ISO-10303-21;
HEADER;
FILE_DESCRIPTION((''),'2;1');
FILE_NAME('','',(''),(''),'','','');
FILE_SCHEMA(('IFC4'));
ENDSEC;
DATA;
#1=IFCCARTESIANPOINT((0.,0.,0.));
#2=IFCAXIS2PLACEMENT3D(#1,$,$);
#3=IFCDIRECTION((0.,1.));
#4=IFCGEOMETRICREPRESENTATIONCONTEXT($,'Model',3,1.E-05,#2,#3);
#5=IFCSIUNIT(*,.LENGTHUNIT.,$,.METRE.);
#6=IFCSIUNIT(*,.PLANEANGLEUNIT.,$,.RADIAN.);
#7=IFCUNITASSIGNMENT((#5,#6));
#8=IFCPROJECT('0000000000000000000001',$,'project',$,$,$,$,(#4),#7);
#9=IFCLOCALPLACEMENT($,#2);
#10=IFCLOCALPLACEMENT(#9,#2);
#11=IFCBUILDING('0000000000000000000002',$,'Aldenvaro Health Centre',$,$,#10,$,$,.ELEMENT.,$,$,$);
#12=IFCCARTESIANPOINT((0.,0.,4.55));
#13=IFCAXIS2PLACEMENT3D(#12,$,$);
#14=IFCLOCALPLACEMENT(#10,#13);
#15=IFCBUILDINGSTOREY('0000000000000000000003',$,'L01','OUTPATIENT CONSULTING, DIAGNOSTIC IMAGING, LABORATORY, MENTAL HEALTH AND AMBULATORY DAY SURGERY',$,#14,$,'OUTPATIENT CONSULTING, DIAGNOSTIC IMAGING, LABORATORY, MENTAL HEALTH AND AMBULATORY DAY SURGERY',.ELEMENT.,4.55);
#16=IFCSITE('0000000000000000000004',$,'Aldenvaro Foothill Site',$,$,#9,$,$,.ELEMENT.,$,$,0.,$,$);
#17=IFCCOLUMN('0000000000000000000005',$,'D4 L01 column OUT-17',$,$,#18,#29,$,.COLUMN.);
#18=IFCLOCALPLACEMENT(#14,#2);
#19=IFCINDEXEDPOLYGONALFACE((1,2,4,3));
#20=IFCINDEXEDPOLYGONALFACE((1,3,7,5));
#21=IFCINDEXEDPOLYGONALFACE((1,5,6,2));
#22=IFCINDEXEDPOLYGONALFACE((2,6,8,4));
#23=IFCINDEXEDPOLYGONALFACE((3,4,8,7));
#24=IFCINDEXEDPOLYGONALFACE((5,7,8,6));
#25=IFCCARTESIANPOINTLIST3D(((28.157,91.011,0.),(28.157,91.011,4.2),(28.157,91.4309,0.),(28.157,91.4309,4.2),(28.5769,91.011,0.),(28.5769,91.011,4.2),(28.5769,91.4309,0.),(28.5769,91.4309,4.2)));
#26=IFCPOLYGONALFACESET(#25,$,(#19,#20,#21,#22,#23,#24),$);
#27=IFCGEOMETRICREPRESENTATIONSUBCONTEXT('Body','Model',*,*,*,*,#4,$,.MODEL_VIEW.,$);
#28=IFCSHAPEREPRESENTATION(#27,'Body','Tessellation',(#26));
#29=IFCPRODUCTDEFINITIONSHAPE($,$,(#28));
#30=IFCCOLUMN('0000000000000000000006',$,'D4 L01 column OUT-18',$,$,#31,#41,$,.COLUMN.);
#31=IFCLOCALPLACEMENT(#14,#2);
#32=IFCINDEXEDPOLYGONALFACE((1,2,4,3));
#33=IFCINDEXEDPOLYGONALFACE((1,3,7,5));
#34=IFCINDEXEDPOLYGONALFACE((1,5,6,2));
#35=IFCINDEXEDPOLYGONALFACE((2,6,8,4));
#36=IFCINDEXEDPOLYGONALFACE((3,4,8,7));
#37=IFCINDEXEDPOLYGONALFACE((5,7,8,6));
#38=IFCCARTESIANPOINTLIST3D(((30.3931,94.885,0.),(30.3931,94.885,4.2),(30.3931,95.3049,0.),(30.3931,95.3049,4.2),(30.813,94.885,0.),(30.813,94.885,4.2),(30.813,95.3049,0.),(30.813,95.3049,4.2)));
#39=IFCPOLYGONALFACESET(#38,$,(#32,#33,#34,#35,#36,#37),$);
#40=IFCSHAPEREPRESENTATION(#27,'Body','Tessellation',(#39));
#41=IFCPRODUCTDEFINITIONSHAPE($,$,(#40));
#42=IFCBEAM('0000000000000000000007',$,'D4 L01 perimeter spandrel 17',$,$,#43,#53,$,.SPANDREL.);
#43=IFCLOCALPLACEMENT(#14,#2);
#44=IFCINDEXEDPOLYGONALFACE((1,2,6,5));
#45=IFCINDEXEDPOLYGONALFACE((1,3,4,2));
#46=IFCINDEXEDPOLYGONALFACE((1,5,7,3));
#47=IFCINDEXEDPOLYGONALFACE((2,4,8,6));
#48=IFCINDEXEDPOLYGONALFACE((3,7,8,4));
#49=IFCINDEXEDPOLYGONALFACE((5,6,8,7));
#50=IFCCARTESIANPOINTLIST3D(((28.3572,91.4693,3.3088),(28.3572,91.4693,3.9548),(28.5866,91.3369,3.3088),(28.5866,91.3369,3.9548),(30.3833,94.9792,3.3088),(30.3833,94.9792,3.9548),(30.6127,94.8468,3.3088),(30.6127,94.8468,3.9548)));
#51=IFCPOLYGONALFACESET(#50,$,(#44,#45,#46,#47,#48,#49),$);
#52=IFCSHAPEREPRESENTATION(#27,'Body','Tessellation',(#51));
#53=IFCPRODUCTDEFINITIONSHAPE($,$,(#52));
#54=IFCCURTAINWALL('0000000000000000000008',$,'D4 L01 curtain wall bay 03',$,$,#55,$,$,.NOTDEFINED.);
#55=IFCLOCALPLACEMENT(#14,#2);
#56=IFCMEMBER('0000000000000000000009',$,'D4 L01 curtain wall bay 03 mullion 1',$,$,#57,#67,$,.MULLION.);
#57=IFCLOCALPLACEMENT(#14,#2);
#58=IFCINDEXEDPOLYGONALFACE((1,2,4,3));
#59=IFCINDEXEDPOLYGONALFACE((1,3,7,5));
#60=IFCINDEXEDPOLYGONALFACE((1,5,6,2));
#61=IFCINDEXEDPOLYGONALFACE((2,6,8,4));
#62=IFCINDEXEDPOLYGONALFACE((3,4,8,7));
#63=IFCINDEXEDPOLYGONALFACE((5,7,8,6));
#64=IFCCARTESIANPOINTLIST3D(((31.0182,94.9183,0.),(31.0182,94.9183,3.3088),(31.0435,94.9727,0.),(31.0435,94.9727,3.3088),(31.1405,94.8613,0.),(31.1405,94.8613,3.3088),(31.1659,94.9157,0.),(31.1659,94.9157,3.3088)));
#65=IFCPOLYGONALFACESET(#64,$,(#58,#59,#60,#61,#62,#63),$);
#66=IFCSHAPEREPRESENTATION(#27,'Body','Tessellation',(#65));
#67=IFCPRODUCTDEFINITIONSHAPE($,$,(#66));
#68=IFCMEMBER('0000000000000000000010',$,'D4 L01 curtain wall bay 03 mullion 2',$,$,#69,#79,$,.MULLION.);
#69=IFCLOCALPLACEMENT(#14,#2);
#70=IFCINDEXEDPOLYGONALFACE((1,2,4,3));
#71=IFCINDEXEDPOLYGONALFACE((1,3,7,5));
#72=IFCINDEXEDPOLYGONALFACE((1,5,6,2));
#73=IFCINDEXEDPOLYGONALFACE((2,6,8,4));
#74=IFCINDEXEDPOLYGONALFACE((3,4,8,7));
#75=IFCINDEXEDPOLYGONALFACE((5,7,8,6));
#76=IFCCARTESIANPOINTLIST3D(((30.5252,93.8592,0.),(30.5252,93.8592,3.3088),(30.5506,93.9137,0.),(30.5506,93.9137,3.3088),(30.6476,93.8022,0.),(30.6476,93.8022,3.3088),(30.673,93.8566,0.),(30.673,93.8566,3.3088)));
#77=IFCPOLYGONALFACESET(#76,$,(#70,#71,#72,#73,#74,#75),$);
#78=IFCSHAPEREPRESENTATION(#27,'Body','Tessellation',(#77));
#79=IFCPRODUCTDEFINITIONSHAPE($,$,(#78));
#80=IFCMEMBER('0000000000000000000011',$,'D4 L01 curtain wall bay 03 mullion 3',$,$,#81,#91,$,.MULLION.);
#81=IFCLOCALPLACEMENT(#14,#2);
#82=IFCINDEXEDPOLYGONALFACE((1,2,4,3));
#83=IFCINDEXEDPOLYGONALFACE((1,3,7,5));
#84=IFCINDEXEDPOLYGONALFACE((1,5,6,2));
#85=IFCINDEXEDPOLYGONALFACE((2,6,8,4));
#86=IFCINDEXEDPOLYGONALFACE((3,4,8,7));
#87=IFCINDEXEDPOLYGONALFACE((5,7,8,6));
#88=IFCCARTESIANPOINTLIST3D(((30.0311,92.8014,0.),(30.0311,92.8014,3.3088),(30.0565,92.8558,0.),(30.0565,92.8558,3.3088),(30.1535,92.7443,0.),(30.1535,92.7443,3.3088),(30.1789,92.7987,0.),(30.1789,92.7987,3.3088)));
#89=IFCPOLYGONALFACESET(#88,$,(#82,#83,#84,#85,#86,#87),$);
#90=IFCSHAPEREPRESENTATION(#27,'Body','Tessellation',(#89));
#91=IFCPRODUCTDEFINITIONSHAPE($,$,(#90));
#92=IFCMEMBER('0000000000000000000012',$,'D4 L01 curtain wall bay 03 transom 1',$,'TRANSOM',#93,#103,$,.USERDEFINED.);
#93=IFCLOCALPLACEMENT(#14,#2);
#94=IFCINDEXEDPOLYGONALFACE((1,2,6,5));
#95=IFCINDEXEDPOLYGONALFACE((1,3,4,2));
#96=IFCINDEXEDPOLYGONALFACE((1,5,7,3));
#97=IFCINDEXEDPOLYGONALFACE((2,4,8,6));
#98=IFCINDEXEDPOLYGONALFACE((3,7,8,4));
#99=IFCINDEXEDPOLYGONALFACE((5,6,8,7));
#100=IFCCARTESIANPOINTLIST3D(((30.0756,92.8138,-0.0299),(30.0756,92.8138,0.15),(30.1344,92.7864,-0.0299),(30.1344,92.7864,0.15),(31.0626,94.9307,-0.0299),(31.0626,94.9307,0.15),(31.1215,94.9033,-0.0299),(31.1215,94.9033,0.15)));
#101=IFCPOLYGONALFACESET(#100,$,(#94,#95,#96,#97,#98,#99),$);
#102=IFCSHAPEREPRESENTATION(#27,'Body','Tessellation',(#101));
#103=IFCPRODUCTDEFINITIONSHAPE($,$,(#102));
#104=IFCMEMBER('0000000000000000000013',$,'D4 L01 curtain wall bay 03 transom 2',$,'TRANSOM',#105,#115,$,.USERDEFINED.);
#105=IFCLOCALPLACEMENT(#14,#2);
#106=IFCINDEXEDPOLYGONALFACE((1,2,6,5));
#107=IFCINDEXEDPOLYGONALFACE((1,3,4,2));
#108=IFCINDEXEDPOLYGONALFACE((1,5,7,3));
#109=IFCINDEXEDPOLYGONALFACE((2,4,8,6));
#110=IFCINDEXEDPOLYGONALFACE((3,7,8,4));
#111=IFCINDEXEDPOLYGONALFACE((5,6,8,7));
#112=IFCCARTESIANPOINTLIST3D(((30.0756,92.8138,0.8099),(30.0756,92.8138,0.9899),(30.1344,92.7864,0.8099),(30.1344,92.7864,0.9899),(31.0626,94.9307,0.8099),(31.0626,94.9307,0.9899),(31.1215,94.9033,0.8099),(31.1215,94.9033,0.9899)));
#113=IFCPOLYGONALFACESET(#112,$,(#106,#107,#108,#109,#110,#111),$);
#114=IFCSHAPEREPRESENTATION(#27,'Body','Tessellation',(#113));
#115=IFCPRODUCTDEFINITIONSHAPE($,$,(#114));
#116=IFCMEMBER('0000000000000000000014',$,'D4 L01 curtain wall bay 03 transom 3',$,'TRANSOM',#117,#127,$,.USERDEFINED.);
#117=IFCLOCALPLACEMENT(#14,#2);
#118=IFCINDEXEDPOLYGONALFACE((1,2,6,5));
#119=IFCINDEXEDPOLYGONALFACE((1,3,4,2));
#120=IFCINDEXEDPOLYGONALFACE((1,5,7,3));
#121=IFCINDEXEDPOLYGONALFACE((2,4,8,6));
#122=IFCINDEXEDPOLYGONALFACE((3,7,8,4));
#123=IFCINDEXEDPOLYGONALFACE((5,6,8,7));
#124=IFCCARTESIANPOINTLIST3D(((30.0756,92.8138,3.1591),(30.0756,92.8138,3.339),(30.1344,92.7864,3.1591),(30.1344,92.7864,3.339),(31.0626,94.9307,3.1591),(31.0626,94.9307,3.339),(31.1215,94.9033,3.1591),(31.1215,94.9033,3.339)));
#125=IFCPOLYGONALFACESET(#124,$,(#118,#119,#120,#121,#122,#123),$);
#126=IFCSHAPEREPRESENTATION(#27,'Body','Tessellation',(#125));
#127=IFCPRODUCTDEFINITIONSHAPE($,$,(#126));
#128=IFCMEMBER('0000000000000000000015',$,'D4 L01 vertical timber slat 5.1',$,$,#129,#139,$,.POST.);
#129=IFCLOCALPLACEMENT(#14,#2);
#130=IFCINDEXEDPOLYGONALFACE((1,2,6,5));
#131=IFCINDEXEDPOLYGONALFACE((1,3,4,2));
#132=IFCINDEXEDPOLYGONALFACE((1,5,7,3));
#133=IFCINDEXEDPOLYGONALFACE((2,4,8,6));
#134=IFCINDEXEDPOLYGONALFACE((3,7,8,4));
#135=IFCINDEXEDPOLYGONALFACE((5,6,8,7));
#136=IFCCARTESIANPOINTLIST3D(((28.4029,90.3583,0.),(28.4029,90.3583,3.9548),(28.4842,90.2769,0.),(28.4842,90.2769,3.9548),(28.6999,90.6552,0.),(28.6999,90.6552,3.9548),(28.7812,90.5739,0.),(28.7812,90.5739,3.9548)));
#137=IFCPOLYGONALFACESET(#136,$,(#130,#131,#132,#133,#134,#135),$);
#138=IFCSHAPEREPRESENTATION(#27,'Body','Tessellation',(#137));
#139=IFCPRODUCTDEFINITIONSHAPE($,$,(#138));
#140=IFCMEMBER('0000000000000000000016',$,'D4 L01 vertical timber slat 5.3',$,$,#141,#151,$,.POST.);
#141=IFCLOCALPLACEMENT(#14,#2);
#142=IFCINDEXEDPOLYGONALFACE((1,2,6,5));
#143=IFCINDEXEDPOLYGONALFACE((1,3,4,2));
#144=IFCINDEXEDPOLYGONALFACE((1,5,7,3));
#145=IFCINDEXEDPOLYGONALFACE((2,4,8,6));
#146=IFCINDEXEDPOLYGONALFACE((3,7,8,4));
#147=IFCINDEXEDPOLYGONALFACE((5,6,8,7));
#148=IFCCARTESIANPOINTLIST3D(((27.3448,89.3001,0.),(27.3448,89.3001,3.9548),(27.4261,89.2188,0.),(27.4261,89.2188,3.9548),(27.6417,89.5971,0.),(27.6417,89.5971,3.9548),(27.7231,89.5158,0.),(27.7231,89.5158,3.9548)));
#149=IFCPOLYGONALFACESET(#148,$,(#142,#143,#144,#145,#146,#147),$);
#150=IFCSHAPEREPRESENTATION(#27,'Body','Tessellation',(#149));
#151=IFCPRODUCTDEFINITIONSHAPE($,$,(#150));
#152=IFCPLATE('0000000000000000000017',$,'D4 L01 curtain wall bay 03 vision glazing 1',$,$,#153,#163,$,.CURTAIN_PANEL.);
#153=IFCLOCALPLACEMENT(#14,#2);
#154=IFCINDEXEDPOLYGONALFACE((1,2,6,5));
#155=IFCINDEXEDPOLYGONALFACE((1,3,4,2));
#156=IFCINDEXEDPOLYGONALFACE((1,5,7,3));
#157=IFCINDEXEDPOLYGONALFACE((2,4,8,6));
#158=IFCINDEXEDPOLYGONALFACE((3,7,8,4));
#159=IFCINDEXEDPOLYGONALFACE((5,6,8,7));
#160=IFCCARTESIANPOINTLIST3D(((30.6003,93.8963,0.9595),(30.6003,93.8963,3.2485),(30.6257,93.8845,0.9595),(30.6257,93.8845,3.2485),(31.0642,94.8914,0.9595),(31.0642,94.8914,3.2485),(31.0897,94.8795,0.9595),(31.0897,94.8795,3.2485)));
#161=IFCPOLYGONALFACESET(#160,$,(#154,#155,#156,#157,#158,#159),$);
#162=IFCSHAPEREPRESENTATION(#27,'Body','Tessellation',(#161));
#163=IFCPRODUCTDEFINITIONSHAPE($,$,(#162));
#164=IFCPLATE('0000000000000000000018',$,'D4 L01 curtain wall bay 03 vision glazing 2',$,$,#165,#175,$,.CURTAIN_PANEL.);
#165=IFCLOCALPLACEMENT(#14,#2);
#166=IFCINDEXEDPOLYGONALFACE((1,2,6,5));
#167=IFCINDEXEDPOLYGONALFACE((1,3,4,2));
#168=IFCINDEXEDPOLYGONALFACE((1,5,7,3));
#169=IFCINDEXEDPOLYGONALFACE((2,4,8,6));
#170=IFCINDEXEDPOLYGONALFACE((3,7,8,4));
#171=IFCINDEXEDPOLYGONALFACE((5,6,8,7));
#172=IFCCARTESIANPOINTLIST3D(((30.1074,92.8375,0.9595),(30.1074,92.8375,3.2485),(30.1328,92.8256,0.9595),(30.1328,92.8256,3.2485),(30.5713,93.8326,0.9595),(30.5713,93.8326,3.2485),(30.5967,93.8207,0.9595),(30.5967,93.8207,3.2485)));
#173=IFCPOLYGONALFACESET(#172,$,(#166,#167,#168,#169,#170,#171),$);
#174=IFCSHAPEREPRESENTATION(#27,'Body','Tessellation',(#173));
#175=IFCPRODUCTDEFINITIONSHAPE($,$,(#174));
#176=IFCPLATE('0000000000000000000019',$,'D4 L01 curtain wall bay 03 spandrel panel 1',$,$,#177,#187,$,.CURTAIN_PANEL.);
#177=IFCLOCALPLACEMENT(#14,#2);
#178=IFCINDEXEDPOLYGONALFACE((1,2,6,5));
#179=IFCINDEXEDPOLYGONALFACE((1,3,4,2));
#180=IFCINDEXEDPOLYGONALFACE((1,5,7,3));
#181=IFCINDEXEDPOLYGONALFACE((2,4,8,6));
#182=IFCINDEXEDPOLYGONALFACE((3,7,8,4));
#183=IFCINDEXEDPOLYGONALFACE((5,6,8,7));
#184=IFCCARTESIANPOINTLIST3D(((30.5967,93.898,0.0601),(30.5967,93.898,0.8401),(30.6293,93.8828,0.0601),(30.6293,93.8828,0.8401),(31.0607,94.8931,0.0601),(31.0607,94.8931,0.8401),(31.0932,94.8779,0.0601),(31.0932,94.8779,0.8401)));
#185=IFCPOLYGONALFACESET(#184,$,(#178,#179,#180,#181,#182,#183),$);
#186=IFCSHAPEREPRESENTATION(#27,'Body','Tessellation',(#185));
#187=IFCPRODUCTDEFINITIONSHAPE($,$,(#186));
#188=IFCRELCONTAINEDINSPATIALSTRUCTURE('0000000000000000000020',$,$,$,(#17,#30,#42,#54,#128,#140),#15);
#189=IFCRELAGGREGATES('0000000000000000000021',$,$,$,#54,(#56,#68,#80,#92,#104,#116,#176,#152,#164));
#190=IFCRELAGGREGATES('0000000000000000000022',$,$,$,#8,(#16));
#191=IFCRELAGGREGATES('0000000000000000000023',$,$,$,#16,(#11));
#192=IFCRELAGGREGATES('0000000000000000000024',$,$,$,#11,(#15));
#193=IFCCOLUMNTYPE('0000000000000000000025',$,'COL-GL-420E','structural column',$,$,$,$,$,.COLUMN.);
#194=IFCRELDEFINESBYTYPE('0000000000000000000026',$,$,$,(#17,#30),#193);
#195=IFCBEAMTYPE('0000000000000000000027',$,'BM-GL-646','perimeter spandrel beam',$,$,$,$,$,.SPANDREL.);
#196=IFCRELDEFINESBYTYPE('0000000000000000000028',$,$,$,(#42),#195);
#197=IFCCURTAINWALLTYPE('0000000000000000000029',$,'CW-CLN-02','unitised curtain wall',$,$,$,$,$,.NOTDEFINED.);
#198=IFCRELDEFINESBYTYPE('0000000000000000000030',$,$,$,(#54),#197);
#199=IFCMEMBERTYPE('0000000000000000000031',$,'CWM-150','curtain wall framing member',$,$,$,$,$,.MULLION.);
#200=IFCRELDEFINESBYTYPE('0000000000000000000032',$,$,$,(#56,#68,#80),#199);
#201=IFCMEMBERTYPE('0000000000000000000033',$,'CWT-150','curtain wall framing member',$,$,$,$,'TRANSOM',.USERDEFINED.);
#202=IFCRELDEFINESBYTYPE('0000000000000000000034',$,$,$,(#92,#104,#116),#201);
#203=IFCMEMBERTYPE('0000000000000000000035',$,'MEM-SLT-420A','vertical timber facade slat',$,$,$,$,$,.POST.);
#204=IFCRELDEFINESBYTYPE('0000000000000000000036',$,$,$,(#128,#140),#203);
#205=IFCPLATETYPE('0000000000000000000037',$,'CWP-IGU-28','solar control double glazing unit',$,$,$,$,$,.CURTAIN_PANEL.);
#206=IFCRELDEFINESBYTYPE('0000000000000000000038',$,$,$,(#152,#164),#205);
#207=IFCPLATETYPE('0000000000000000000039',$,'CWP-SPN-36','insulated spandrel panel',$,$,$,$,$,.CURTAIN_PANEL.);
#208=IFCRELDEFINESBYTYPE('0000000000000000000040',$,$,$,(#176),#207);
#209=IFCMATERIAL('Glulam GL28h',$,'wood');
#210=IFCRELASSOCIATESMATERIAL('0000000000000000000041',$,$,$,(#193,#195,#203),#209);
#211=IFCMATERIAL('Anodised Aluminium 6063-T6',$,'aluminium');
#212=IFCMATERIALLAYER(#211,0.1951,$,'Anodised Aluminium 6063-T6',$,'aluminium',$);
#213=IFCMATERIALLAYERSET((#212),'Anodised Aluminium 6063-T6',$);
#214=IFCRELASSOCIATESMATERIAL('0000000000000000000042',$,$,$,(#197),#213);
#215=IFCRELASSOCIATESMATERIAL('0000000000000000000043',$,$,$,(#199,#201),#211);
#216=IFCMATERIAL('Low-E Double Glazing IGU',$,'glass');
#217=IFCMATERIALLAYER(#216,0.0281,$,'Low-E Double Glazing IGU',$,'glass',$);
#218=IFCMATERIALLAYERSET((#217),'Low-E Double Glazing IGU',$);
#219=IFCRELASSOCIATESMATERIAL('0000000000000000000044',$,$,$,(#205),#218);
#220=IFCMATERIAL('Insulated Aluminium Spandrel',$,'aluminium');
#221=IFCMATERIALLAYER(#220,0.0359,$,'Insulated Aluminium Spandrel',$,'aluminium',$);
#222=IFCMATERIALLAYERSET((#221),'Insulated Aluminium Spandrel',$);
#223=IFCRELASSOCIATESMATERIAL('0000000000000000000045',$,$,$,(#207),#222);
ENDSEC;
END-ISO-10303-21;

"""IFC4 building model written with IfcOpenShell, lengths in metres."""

from ifc_helpers import new_model, si_unit, direction, frame, origin, origin_2d, place, context, subcontext, project, spatial, rectangle, extrude, material, layer, layer_set, material_profile, profile_set, type_object, element, aggregate, save


model = new_model("IFC4")

# Units and contexts
model_context = context("Model", 3, precision=1e-05, world=origin(), true_north=direction((0.0, 1.0)))
body_context = subcontext(model_context, "Body", "Model", "MODEL_VIEW")
ifc_project = project(units=[si_unit("LENGTHUNIT", "METRE"), si_unit("PLANEANGLEUNIT", "RADIAN")], contexts=[model_context])

# Site, building, storey
site_placement = place(None, origin())
site = spatial("IfcSite", under=ifc_project, at=site_placement, Name="Aldenvaro Foothill Site", CompositionType="ELEMENT", RefElevation=0.0)
building_placement = place(site_placement, origin())
building = spatial("IfcBuilding", under=site, at=building_placement, Name="Aldenvaro Health Centre", CompositionType="ELEMENT")
storey_placement = place(building_placement, frame((0.0, 0.0, 4.55)))
storey = spatial("IfcBuildingStorey", under=building, at=storey_placement, Name="L01", Description="OUTPATIENT CONSULTING, DIAGNOSTIC IMAGING, LABORATORY, MENTAL HEALTH AND AMBULATORY DAY SURGERY", LongName="OUTPATIENT CONSULTING, DIAGNOSTIC IMAGING, LABORATORY, MENTAL HEALTH AND AMBULATORY DAY SURGERY", CompositionType="ELEMENT", Elevation=4.55)

# Columns
ifc_material_1 = material(Name="Glulam GL28h", Category="wood")
ifc_material_profile_1 = material_profile(ifc_material_1, rectangle(XDim=0.4199, YDim=0.4199, at=origin_2d()), Name="GL 420x420", Category="wood")
ifc_profile_set_1 = profile_set([ifc_material_profile_1], Name="Glulam GL28h")
column_type = type_object("IfcColumnType", Name="COL-GL-420E", Description="structural column", PredefinedType="COLUMN", material=ifc_profile_set_1)
for number, where, z_axis, x_axis, name in (
    (1, (28.3669, 91.2209, 0.0), (0.0, 0.0, 1.0), (1.0, 0.0, 0.0), "D4 L01 column OUT-17"),
    (2, (30.603, 95.095, 0.0), (0.0, 0.0, 1.0), (1.0, 0.0, 0.0), "D4 L01 column OUT-18"),
):
    element("IfcColumn", number, at=place(storey_placement, frame(where, z_axis=z_axis, x_axis=x_axis)), inside=storey, type_object=column_type, Name=name, PredefinedType="COLUMN", context=body_context, shape_type="SweptSolid", body=[
        extrude(rectangle(XDim=0.4199, YDim=0.4199, at=origin_2d()), origin(), (0.0, 0.0, 1.0), 4.2),
    ])

# Beam
ifc_material_profile_2 = material_profile(ifc_material_1, rectangle(XDim=0.2649, YDim=0.646, at=origin_2d()), Name="GL 265x646", Category="wood")
ifc_profile_set_2 = profile_set([ifc_material_profile_2], Name="Glulam GL28h")
beam_type = type_object("IfcBeamType", Name="BM-GL-646", Description="perimeter spandrel beam", PredefinedType="SPANDREL", material=ifc_profile_set_2)
beam_placement = place(storey_placement, frame((28.4719, 91.4031, 3.6318), z_axis=(0.499929, 0.866066, 0.0), x_axis=(-0.866066, 0.499929, 0.0)))
element("IfcBeam", 3, at=beam_placement, inside=storey, type_object=beam_type, Name="D4 L01 perimeter spandrel 17", PredefinedType="SPANDREL", context=body_context, shape_type="SweptSolid", body=[
    extrude(rectangle(XDim=0.2649, YDim=0.646, at=origin_2d()), origin(), (0.0, 0.0, 1.0), 4.0527),
])

# Curtain wall, members
ifc_material_2 = material(Name="Anodised Aluminium 6063-T6", Category="aluminium")
ifc_layer_1 = layer(ifc_material_2, 0.1951, Name="Anodised Aluminium 6063-T6", Category="aluminium")
ifc_layer_set_1 = layer_set([ifc_layer_1], Name="Anodised Aluminium 6063-T6")
curtain_wall_type = type_object("IfcCurtainWallType", Name="CW-CLN-02", Description="unitised curtain wall", PredefinedType="NOTDEFINED", material=ifc_layer_set_1)
curtain_wall_placement = place(storey_placement, origin())
curtain_wall = element("IfcCurtainWall", 4, at=curtain_wall_placement, inside=storey, type_object=curtain_wall_type, Name="D4 L01 curtain wall bay 03", PredefinedType="NOTDEFINED")
ifc_material_profile_3 = material_profile(ifc_material_2, rectangle(XDim=0.0601, YDim=0.135, at=origin_2d()), Name="ALU 60x135", Category="aluminium")
ifc_profile_set_3 = profile_set([ifc_material_profile_3], Name="Anodised Aluminium 6063-T6")
member_type_1 = type_object("IfcMemberType", Name="CWM-150", Description="curtain wall framing member", PredefinedType="MULLION", material=ifc_profile_set_3)
member_1_placement = place(storey_placement, frame((31.092, 94.917, 0.0), z_axis=(0.0, 0.0, 1.0), x_axis=(-0.422557, -0.906336, 0.0)))
member_1 = element("IfcMember", 5, at=member_1_placement, type_object=member_type_1, Name="D4 L01 curtain wall bay 03 mullion 1", PredefinedType="MULLION", context=body_context, shape_type="SweptSolid", body=[
    extrude(rectangle(XDim=0.0601, YDim=0.135, at=origin_2d()), origin(), (0.0, 0.0, 1.0), 3.3088),
])
member_2_placement = place(storey_placement, frame((30.5991, 93.8579, 0.0), z_axis=(0.0, 0.0, 1.0), x_axis=(-0.422557, -0.906336, 0.0)))
member_2 = element("IfcMember", 6, at=member_2_placement, type_object=member_type_1, Name="D4 L01 curtain wall bay 03 mullion 2", PredefinedType="MULLION", context=body_context, shape_type="SweptSolid", body=[
    extrude(rectangle(XDim=0.0601, YDim=0.135, at=origin_2d()), origin(), (0.0, 0.0, 1.0), 3.3088),
])
member_3_placement = place(storey_placement, frame((30.105, 92.8, 0.0), z_axis=(0.0, 0.0, 1.0), x_axis=(-0.422557, -0.906336, 0.0)))
member_3 = element("IfcMember", 7, at=member_3_placement, type_object=member_type_1, Name="D4 L01 curtain wall bay 03 mullion 3", PredefinedType="MULLION", context=body_context, shape_type="SweptSolid", body=[
    extrude(rectangle(XDim=0.0601, YDim=0.135, at=origin_2d()), origin(), (0.0, 0.0, 1.0), 3.3088),
])
ifc_material_profile_4 = material_profile(ifc_material_2, rectangle(XDim=0.0649, YDim=0.1799, at=origin_2d()), Name="ALU 65x180", Category="aluminium")
ifc_profile_set_4 = profile_set([ifc_material_profile_4], Name="Anodised Aluminium 6063-T6")
member_type_2 = type_object("IfcMemberType", Name="CWT-150", Description="curtain wall framing member", ElementType="TRANSOM", PredefinedType="USERDEFINED", material=ifc_profile_set_4)
member_4_placement = place(storey_placement, frame((31.092, 94.917, 0.0601), z_axis=(-0.422588, -0.906322, 0.0), x_axis=(0.906322, -0.422588, 0.0)))
member_4 = element("IfcMember", 8, at=member_4_placement, type_object=member_type_2, Name="D4 L01 curtain wall bay 03 transom 1", ObjectType="TRANSOM", PredefinedType="USERDEFINED", context=body_context, shape_type="SweptSolid", body=[
    extrude(rectangle(XDim=0.0649, YDim=0.1799, at=origin_2d()), origin(), (0.0, 0.0, 1.0), 2.3357),
])
member_5_placement = place(storey_placement, frame((31.092, 94.917, 0.8999), z_axis=(-0.422588, -0.906322, 0.0), x_axis=(0.906322, -0.422588, 0.0)))
member_5 = element("IfcMember", 9, at=member_5_placement, type_object=member_type_2, Name="D4 L01 curtain wall bay 03 transom 2", ObjectType="TRANSOM", PredefinedType="USERDEFINED", context=body_context, shape_type="SweptSolid", body=[
    extrude(rectangle(XDim=0.0649, YDim=0.1799, at=origin_2d()), origin(), (0.0, 0.0, 1.0), 2.3357),
])
member_6_placement = place(storey_placement, frame((31.092, 94.917, 3.249), z_axis=(-0.422588, -0.906322, 0.0), x_axis=(0.906322, -0.422588, 0.0)))
member_6 = element("IfcMember", 10, at=member_6_placement, type_object=member_type_2, Name="D4 L01 curtain wall bay 03 transom 3", ObjectType="TRANSOM", PredefinedType="USERDEFINED", context=body_context, shape_type="SweptSolid", body=[
    extrude(rectangle(XDim=0.0649, YDim=0.1799, at=origin_2d()), origin(), (0.0, 0.0, 1.0), 2.3357),
])

# Members
ifc_material_profile_5 = material_profile(ifc_material_1, rectangle(XDim=0.115, YDim=0.4199, at=origin_2d()), Name="GL 115x420", Category="wood")
ifc_profile_set_5 = profile_set([ifc_material_profile_5], Name="Glulam GL28h")
member_type_3 = type_object("IfcMemberType", Name="MEM-SLT-420A", Description="vertical timber facade slat", PredefinedType="POST", material=ifc_profile_set_5)
for number, where, z_axis, x_axis, name in (
    (11, (28.592, 90.4661, 0.0), (0.0, 0.0, 1.0), (0.707107, -0.707107, 0.0), "D4 L01 vertical timber slat 5.1"),
    (12, (27.5339, 89.408, 0.0), (0.0, 0.0, 1.0), (0.707107, -0.707107, 0.0), "D4 L01 vertical timber slat 5.3"),
):
    element("IfcMember", number, at=place(storey_placement, frame(where, z_axis=z_axis, x_axis=x_axis)), inside=storey, type_object=member_type_3, Name=name, PredefinedType="POST", context=body_context, shape_type="SweptSolid", body=[
        extrude(rectangle(XDim=0.115, YDim=0.4199, at=origin_2d()), origin(), (0.0, 0.0, 1.0), 3.9548),
    ])

# Plates
ifc_material_3 = material(Name="Low-E Double Glazing IGU", Category="glass")
ifc_layer_2 = layer(ifc_material_3, 0.0281, Name="Low-E Double Glazing IGU", Category="glass")
ifc_layer_set_2 = layer_set([ifc_layer_2], Name="Low-E Double Glazing IGU")
plate_type_1 = type_object("IfcPlateType", Name="CWP-IGU-28", Description="solar control double glazing unit", PredefinedType="CURTAIN_PANEL", material=ifc_layer_set_2)
plate_1_placement = place(storey_placement, frame((30.845, 94.3879, 0.9595), z_axis=(0.0, 0.0, 1.0), x_axis=(-0.422557, -0.906336, 0.0)))
plate_1 = element("IfcPlate", 13, at=plate_1_placement, type_object=plate_type_1, Name="D4 L01 curtain wall bay 03 vision glazing 1", PredefinedType="CURTAIN_PANEL", context=body_context, shape_type="SweptSolid", body=[
    extrude(rectangle(XDim=1.0979, YDim=0.0281, at=origin_2d()), origin(), (0.0, 0.0, 1.0), 2.2891),
])
plate_2_placement = place(storey_placement, frame((30.3521, 93.3291, 0.9595), z_axis=(0.0, 0.0, 1.0), x_axis=(-0.422557, -0.906336, 0.0)))
plate_2 = element("IfcPlate", 14, at=plate_2_placement, type_object=plate_type_1, Name="D4 L01 curtain wall bay 03 vision glazing 2", PredefinedType="CURTAIN_PANEL", context=body_context, shape_type="SweptSolid", body=[
    extrude(rectangle(XDim=1.0979, YDim=0.0281, at=origin_2d()), origin(), (0.0, 0.0, 1.0), 2.2891),
])
ifc_material_4 = material(Name="Insulated Aluminium Spandrel", Category="aluminium")
ifc_layer_3 = layer(ifc_material_4, 0.0359, Name="Insulated Aluminium Spandrel", Category="aluminium")
ifc_layer_set_3 = layer_set([ifc_layer_3], Name="Insulated Aluminium Spandrel")
plate_type_2 = type_object("IfcPlateType", Name="CWP-SPN-36", Description="insulated spandrel panel", PredefinedType="CURTAIN_PANEL", material=ifc_layer_set_3)
plate_3_placement = place(storey_placement, frame((30.845, 94.3879, 0.0601), z_axis=(0.0, 0.0, 1.0), x_axis=(-0.422557, -0.906336, 0.0)))
plate_3 = element("IfcPlate", 15, at=plate_3_placement, type_object=plate_type_2, Name="D4 L01 curtain wall bay 03 spandrel panel 1", PredefinedType="CURTAIN_PANEL", context=body_context, shape_type="SweptSolid", body=[
    extrude(rectangle(XDim=1.0979, YDim=0.0359, at=origin_2d()), origin(), (0.0, 0.0, 1.0), 0.78),
])
aggregate(curtain_wall, [member_1, member_2, member_3, member_4, member_5, member_6, plate_3, plate_1, plate_2])

save(model, "model.ifc")
